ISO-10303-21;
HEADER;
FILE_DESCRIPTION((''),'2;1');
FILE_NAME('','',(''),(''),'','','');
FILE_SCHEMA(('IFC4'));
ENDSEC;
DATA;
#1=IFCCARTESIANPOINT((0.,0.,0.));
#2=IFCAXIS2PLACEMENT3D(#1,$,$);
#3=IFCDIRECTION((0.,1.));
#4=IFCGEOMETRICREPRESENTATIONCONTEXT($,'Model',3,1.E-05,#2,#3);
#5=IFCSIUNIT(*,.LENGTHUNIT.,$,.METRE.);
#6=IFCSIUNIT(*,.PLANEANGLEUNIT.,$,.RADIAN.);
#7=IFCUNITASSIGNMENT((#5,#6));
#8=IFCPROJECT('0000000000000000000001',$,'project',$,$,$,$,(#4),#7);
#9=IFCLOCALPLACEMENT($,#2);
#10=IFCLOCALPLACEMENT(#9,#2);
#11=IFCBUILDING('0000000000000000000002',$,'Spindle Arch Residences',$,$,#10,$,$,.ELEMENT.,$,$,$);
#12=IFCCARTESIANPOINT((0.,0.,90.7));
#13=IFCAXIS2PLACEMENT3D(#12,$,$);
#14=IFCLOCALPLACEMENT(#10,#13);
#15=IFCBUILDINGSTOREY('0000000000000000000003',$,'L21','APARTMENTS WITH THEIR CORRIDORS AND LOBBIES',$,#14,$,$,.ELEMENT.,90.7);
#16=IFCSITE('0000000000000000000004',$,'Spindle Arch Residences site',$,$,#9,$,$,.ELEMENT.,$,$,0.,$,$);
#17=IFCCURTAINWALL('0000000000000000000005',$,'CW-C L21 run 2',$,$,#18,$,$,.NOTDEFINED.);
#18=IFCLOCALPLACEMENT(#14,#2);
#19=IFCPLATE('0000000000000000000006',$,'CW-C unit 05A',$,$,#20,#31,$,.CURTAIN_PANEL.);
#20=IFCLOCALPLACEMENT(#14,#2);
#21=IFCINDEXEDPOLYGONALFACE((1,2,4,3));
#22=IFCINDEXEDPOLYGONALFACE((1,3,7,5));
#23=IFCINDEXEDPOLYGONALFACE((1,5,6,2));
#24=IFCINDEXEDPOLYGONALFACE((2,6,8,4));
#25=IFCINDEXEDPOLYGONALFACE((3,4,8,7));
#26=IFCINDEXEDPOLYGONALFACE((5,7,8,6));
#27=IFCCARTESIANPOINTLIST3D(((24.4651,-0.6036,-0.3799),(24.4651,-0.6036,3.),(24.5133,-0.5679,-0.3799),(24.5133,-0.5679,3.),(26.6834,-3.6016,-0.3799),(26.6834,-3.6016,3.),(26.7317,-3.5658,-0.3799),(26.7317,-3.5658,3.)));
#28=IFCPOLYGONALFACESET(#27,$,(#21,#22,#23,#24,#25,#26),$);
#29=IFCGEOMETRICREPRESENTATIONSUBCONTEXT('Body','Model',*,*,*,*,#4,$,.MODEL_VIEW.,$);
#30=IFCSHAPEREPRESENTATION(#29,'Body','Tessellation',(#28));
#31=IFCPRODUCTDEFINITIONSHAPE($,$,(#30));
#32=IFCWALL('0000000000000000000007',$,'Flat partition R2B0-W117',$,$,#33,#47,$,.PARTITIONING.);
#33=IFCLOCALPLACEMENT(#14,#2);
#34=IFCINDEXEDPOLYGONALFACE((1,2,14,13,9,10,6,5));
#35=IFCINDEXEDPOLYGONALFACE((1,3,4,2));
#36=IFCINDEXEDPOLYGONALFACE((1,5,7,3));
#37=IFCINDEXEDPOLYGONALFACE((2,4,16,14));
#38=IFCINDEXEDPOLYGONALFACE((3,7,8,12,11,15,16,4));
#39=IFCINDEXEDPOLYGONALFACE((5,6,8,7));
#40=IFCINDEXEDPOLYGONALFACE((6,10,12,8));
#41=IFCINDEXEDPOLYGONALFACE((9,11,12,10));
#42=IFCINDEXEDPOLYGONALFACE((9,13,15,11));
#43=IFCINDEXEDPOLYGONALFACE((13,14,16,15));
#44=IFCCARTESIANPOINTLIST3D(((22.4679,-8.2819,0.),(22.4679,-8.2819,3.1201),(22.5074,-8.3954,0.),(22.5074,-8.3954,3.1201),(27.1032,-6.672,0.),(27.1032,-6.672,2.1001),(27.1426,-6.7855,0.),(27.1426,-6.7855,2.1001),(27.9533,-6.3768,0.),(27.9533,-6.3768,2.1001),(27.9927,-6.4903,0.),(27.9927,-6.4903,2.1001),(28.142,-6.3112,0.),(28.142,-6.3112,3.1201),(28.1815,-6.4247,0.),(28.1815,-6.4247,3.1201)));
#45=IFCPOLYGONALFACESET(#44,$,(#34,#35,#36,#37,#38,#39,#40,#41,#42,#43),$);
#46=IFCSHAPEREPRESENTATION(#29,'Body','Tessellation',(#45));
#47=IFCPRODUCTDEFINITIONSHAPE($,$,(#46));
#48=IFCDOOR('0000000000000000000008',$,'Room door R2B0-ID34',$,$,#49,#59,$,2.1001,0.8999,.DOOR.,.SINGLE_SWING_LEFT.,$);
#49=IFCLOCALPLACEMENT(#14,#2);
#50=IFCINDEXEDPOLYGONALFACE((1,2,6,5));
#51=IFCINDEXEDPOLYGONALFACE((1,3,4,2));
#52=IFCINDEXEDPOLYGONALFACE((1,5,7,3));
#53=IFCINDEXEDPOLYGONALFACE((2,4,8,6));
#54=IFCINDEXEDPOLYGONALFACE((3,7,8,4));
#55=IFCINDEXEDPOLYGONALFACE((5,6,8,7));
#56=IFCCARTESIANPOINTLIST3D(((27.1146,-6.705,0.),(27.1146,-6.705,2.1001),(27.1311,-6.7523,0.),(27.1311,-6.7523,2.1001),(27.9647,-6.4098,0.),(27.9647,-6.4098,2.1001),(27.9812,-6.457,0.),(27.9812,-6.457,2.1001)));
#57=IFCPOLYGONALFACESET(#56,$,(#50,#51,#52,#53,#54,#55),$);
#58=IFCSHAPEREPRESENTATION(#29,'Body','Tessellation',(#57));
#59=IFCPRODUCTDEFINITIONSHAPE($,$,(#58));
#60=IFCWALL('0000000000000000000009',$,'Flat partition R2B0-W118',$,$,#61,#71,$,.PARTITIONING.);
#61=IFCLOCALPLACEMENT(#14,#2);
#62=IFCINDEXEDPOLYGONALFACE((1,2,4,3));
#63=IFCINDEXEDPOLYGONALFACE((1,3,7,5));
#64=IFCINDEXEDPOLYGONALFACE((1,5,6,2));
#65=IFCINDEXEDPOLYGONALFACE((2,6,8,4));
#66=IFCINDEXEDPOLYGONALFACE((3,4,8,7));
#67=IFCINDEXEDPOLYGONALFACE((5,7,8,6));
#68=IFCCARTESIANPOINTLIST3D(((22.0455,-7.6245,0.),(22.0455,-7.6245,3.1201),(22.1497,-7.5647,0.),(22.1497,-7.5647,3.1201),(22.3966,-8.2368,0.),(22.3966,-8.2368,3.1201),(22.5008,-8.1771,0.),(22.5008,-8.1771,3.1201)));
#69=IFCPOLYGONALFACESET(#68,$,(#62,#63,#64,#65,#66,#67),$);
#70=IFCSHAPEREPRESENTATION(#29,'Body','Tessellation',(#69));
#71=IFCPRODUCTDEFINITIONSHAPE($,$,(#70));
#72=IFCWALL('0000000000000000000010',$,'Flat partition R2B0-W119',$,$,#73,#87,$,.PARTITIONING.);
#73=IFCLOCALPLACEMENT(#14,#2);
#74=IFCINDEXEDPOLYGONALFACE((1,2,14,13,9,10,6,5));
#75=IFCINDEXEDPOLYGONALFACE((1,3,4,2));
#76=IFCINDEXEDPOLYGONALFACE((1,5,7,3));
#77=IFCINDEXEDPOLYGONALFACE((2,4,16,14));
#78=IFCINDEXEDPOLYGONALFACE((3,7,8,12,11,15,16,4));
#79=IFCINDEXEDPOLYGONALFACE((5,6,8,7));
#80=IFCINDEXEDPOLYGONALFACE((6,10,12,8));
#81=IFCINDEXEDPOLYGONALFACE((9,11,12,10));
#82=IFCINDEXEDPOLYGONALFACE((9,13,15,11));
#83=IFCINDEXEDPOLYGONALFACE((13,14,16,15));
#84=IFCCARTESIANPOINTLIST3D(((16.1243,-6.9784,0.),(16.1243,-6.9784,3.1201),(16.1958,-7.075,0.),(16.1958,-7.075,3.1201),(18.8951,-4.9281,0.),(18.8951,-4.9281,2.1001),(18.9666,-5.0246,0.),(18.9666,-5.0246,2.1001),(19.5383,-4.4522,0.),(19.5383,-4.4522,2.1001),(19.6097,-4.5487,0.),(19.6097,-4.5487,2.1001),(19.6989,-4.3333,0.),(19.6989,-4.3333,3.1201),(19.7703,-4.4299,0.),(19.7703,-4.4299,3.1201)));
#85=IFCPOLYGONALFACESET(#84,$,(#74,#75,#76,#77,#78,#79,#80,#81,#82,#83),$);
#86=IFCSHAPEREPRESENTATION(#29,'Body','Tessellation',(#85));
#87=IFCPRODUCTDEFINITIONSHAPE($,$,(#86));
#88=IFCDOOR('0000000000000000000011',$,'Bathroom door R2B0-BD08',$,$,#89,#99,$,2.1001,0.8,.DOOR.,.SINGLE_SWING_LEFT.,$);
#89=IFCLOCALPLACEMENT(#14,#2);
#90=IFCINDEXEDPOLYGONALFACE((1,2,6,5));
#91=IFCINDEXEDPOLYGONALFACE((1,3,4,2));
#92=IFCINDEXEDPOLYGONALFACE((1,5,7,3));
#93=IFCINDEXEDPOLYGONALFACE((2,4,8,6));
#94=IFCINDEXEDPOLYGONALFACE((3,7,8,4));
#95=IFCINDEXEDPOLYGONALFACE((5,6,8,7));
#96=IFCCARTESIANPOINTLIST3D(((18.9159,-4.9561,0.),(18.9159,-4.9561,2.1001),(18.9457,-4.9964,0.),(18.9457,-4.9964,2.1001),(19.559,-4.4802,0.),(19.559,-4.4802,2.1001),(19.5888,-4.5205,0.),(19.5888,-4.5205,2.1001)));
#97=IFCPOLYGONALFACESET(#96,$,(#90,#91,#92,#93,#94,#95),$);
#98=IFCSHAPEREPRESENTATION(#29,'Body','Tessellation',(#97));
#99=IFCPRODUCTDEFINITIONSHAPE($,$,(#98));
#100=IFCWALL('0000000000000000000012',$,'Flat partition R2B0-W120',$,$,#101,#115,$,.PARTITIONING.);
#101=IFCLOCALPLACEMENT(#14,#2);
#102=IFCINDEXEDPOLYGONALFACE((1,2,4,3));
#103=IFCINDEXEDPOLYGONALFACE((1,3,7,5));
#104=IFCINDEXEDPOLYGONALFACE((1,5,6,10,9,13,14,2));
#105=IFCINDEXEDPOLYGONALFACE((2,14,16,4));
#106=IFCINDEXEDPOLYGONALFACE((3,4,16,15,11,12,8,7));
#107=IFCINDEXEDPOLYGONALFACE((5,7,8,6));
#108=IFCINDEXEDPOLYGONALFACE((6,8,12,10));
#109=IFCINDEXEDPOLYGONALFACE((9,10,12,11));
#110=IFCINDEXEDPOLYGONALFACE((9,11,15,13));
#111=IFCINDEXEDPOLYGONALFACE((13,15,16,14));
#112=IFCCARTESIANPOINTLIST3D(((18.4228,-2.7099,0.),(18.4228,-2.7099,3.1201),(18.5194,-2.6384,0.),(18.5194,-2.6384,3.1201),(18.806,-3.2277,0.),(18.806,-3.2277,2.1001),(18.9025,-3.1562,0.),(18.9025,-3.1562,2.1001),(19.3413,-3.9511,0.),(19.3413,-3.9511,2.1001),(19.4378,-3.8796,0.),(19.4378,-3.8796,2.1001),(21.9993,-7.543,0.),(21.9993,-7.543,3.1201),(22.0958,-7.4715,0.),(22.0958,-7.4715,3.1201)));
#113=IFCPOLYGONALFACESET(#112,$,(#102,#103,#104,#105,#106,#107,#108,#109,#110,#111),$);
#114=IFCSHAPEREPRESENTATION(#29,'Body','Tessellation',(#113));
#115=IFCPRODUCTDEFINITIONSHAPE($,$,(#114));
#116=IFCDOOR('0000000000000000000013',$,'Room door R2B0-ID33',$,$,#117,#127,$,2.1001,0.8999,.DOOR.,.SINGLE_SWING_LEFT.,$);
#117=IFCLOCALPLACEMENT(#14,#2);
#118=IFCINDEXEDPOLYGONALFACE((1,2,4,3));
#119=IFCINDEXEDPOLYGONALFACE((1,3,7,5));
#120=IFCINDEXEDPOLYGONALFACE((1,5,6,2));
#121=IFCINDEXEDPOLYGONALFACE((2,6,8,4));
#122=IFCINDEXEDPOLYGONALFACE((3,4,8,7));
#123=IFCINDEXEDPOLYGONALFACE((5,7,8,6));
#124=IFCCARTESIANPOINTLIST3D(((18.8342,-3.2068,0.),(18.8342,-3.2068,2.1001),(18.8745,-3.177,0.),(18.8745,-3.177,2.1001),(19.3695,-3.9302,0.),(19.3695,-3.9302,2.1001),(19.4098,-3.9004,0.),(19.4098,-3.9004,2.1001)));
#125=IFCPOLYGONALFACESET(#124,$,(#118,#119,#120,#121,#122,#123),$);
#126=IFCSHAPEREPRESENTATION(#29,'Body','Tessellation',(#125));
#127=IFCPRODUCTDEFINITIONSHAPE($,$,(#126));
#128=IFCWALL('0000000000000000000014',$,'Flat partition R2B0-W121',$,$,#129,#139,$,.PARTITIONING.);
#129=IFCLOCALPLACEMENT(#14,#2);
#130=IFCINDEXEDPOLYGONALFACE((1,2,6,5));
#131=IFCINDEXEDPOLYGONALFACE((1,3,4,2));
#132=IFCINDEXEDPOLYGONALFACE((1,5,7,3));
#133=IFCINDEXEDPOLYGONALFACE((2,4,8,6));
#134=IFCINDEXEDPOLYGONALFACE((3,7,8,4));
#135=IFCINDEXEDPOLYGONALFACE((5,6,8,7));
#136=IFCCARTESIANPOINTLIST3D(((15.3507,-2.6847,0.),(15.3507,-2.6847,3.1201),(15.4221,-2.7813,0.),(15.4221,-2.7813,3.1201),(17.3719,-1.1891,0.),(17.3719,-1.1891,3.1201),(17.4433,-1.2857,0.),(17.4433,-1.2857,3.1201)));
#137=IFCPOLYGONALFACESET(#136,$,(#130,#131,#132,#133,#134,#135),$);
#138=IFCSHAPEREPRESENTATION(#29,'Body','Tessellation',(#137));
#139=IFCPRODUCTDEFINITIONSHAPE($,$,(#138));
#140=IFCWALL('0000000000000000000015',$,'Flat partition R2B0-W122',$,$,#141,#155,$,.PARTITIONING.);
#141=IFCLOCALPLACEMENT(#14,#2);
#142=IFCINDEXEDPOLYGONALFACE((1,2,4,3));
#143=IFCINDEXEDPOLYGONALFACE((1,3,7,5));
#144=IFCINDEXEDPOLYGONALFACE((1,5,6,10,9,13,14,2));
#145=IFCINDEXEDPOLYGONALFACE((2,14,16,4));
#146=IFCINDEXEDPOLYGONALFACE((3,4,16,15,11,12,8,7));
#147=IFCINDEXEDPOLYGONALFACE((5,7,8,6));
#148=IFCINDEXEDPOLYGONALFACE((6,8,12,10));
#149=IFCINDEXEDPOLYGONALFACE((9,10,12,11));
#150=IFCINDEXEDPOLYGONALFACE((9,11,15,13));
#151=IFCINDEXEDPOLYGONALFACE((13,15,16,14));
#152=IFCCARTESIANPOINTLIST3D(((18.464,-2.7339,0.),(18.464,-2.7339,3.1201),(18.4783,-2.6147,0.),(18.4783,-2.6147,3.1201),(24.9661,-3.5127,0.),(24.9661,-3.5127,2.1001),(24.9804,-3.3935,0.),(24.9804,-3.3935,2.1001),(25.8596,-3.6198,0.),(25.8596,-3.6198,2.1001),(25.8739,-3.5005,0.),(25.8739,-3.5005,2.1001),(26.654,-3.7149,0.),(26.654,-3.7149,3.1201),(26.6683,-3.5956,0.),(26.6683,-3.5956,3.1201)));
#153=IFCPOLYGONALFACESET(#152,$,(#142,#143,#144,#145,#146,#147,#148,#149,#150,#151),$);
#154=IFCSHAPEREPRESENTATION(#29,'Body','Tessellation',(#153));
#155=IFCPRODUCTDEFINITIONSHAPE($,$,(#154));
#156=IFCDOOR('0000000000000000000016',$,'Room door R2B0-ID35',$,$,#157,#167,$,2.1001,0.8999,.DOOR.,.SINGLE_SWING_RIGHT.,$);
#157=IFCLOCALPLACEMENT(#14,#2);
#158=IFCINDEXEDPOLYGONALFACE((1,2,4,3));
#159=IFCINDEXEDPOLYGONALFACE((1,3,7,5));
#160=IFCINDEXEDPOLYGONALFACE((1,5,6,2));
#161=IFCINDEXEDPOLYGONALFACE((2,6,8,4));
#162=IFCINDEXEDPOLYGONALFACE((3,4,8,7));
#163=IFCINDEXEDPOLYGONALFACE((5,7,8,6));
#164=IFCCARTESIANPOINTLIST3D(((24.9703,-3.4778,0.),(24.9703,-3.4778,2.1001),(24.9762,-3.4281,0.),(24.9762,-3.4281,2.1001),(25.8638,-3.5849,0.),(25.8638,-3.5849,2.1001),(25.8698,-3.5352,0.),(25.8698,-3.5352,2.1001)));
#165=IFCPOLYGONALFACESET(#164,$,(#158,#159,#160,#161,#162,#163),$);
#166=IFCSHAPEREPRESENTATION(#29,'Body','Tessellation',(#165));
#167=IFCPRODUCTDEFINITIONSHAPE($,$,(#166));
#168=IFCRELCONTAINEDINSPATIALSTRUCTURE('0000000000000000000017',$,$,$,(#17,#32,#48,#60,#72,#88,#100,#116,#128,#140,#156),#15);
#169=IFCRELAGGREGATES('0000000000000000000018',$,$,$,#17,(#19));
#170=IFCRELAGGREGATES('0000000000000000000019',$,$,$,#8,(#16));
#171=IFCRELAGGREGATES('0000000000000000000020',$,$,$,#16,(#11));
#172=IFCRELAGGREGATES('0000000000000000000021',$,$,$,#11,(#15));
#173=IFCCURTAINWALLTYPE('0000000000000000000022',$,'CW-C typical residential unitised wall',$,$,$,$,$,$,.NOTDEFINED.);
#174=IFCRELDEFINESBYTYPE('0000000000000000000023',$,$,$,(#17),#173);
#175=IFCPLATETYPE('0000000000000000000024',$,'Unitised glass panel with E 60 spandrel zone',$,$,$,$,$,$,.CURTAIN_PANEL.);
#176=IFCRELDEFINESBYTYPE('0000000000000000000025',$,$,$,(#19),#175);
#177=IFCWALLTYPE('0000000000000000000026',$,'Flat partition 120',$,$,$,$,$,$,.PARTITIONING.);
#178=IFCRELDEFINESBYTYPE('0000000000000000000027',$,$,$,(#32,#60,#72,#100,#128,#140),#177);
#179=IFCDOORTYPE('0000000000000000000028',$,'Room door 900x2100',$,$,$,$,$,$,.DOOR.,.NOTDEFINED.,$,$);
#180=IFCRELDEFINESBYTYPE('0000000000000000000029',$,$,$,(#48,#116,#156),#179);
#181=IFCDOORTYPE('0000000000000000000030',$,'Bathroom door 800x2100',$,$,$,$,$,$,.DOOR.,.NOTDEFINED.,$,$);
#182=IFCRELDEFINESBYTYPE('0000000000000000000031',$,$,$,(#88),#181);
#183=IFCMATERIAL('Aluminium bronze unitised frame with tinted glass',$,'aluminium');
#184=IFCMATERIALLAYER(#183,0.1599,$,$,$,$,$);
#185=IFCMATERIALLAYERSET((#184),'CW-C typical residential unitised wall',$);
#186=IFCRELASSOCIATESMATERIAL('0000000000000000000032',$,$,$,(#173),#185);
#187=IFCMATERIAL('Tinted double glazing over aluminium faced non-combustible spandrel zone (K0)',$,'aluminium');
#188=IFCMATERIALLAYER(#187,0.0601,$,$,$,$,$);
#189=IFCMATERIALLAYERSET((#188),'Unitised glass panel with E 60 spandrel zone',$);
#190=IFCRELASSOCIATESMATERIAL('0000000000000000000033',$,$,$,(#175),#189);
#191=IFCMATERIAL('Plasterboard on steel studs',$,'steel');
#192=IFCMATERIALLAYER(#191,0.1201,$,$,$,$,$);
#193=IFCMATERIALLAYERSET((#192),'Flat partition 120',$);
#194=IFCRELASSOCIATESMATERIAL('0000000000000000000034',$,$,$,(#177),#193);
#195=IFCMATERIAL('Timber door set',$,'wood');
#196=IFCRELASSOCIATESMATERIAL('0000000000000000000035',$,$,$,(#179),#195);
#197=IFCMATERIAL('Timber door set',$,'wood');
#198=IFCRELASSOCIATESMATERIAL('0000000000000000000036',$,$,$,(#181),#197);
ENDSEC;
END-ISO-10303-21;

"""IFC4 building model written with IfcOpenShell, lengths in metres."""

from ifc_helpers import new_model, si_unit, direction, frame, frame_2d, origin, origin_2d, place, context, subcontext, project, spatial, rectangle, extrude, material, layer, layer_set, type_object, element, fill, aggregate, save


model = new_model("IFC4")

# Units and contexts
model_context = context("Model", 3, precision=1e-05, world=origin(), true_north=direction((0.0, 1.0)))
body_context = subcontext(model_context, "Body", "Model", "MODEL_VIEW")
ifc_project = project(units=[si_unit("LENGTHUNIT", "METRE"), si_unit("PLANEANGLEUNIT", "RADIAN")], contexts=[model_context])

# Site, building, storey
site_placement = place(None, origin())
site = spatial("IfcSite", under=ifc_project, at=site_placement, Name="Spindle Arch Residences site", CompositionType="ELEMENT", RefElevation=0.0)
building_placement = place(site_placement, origin())
building = spatial("IfcBuilding", under=site, at=building_placement, Name="Spindle Arch Residences", CompositionType="ELEMENT")
storey_placement = place(building_placement, frame((0.0, 0.0, 90.7)))
storey = spatial("IfcBuildingStorey", under=building, at=storey_placement, Name="L21", Description="APARTMENTS WITH THEIR CORRIDORS AND LOBBIES", CompositionType="ELEMENT", Elevation=90.7)

# Curtain wall
ifc_material_1 = material(Name="Aluminium bronze unitised frame with tinted glass", Category="aluminium")
ifc_layer_1 = layer(ifc_material_1, 0.1599)
ifc_layer_set_1 = layer_set([ifc_layer_1], Name="CW-C typical residential unitised wall")
curtain_wall_type_1 = type_object("IfcCurtainWallType", Name="CW-C typical residential unitised wall", PredefinedType="NOTDEFINED", material=ifc_layer_set_1)
curtain_wall_1_placement = place(storey_placement, origin())
curtain_wall_1 = element("IfcCurtainWall", 1, at=curtain_wall_1_placement, inside=storey, type_object=curtain_wall_type_1, Name="CW-C L21 run 2", PredefinedType="NOTDEFINED")

# Plate
ifc_material_2 = material(Name="Tinted double glazing over aluminium faced non-combustible spandrel zone (K0)", Category="aluminium")
ifc_layer_2 = layer(ifc_material_2, 0.0601)
ifc_layer_set_2 = layer_set([ifc_layer_2], Name="Unitised glass panel with E 60 spandrel zone")
plate_type = type_object("IfcPlateType", Name="Unitised glass panel with E 60 spandrel zone", PredefinedType="CURTAIN_PANEL", material=ifc_layer_set_2)
plate_1_placement = place(storey_placement, frame((25.5984, -2.0847, -0.3799), z_axis=(0.0, 0.0, 1.0), x_axis=(-0.594823, 0.803857, 0.0)))
plate_1 = element("IfcPlate", 2, at=plate_1_placement, type_object=plate_type, Name="CW-C unit 05A", PredefinedType="CURTAIN_PANEL", context=body_context, shape_type="SweptSolid", body=[
    extrude(rectangle(XDim=3.7295, YDim=0.0601, at=origin_2d()), origin(), (0.0, 0.0, 1.0), 3.3799),
])
aggregate(curtain_wall_1, [plate_1])

# Wall, opening, door
ifc_material_3 = material(Name="Plasterboard on steel studs", Category="steel")
ifc_layer_3 = layer(ifc_material_3, 0.1201)
ifc_layer_set_3 = layer_set([ifc_layer_3], Name="Flat partition 120")
wall_type_1 = type_object("IfcWallType", Name="Flat partition 120", PredefinedType="PARTITIONING", material=ifc_layer_set_3)
wall_1_placement = place(storey_placement, frame((28.1619, -6.3679, 0.0), z_axis=(0.0, 0.0, 1.0), x_axis=(-0.944646, -0.328092, 0.0)))
wall_1 = element("IfcWall", 3, at=wall_1_placement, inside=storey, type_object=wall_type_1, Name="Flat partition R2B0-W117", PredefinedType="PARTITIONING", context=body_context, shape_type="SweptSolid", body=[
    extrude(rectangle(XDim=6.0066, YDim=0.1201, at=frame_2d((3.0034, 0.0))), origin(), (0.0, 0.0, 1.0), 3.1201),
])
opening_1_placement = place(wall_1_placement, frame((0.2, 0.0, 0.0)))
opening_1 = element("IfcOpeningElement", 4, at=opening_1_placement, cuts=wall_1, PredefinedType="OPENING", context=body_context, shape_type="SweptSolid", body=[
    extrude(rectangle(XDim=0.8999, YDim=2.1001, at=frame_2d((0.45, 1.05))), frame((0.0, 0.0701, 0.0), z_axis=(0.0, -1.0, 0.0), x_axis=(1.0, 0.0, 0.0)), (0.0, 0.0, 1.0), 0.1401),
])
ifc_material_4 = material(Name="Timber door set", Category="wood")
door_type_1 = type_object("IfcDoorType", Name="Room door 900x2100", OperationType="NOTDEFINED", PredefinedType="DOOR", material=ifc_material_4)
door_1_placement = place(opening_1_placement, origin())
door_1 = element("IfcDoor", 5, at=door_1_placement, inside=storey, type_object=door_type_1, Name="Room door R2B0-ID34", OperationType="SINGLE_SWING_LEFT", OverallHeight=2.1001, OverallWidth=0.8999, PredefinedType="DOOR", context=body_context, shape_type="SweptSolid", body=[
    extrude(rectangle(XDim=0.8999, YDim=2.1001, at=frame_2d((0.45, 1.05))), frame((0.0, 0.0249, 0.0), z_axis=(0.0, -1.0, 0.0), x_axis=(1.0, 0.0, 0.0)), (0.0, 0.0, 1.0), 0.05),
])
fill(opening_1, door_1)

# Wall
wall_2_placement = place(storey_placement, frame((22.4487, -8.207, 0.0), z_axis=(0.0, 0.0, 1.0), x_axis=(-0.497405, 0.867518, 0.0)))
element("IfcWall", 6, at=wall_2_placement, inside=storey, type_object=wall_type_1, Name="Flat partition R2B0-W118", PredefinedType="PARTITIONING", context=body_context, shape_type="SweptSolid", body=[
    extrude(rectangle(XDim=0.7058, YDim=0.1201, at=frame_2d((0.353, 0.0))), origin(), (0.0, 0.0, 1.0), 3.1201),
])

# Walls, openings, doors
wall_3_placement = place(storey_placement, frame((19.7346, -4.3816, 0.0), z_axis=(0.0, 0.0, 1.0), x_axis=(-0.803851, -0.594831, 0.0)))
wall_3 = element("IfcWall", 7, at=wall_3_placement, inside=storey, type_object=wall_type_1, Name="Flat partition R2B0-W119", PredefinedType="PARTITIONING", context=body_context, shape_type="SweptSolid", body=[
    extrude(rectangle(XDim=4.4468, YDim=0.1201, at=frame_2d((2.2234, 0.0))), origin(), (0.0, 0.0, 1.0), 3.1201),
])
opening_2_placement = place(wall_3_placement, frame((0.2, 0.0, 0.0)))
opening_2 = element("IfcOpeningElement", 8, at=opening_2_placement, cuts=wall_3, PredefinedType="OPENING", context=body_context, shape_type="SweptSolid", body=[
    extrude(rectangle(XDim=0.8, YDim=2.1001, at=frame_2d((0.3999, 1.05))), frame((0.0, 0.0701, 0.0), z_axis=(0.0, -1.0, 0.0), x_axis=(1.0, 0.0, 0.0)), (0.0, 0.0, 1.0), 0.1401),
])
ifc_material_5 = material(Name="Timber door set", Category="wood")
door_type_2 = type_object("IfcDoorType", Name="Bathroom door 800x2100", OperationType="NOTDEFINED", PredefinedType="DOOR", material=ifc_material_5)
door_2_placement = place(opening_2_placement, origin())
door_2 = element("IfcDoor", 9, at=door_2_placement, inside=storey, type_object=door_type_2, Name="Bathroom door R2B0-BD08", OperationType="SINGLE_SWING_LEFT", OverallHeight=2.1001, OverallWidth=0.8, PredefinedType="DOOR", context=body_context, shape_type="SweptSolid", body=[
    extrude(rectangle(XDim=0.8, YDim=2.1001, at=frame_2d((0.3999, 1.05))), frame((0.0, 0.0249, 0.0), z_axis=(0.0, -1.0, 0.0), x_axis=(1.0, 0.0, 0.0)), (0.0, 0.0, 1.0), 0.05),
])
fill(opening_2, door_2)
wall_4_placement = place(storey_placement, frame((22.0476, -7.5073, 0.0), z_axis=(0.0, 0.0, 1.0), x_axis=(-0.594842, 0.803843, 0.0)))
wall_4 = element("IfcWall", 10, at=wall_4_placement, inside=storey, type_object=wall_type_1, Name="Flat partition R2B0-W120", PredefinedType="PARTITIONING", context=body_context, shape_type="SweptSolid", body=[
    extrude(rectangle(XDim=6.0125, YDim=0.1201, at=frame_2d((3.0063, 0.0))), origin(), (0.0, 0.0, 1.0), 3.1201),
])
opening_3_placement = place(wall_4_placement, frame((4.4685, 0.0, 0.0)))
opening_3 = element("IfcOpeningElement", 11, at=opening_3_placement, cuts=wall_4, PredefinedType="OPENING", context=body_context, shape_type="SweptSolid", body=[
    extrude(rectangle(XDim=0.8999, YDim=2.1001, at=frame_2d((0.45, 1.05))), frame((0.0, 0.0701, 0.0), z_axis=(0.0, -1.0, 0.0), x_axis=(1.0, 0.0, 0.0)), (0.0, 0.0, 1.0), 0.1401),
])
door_3_placement = place(opening_3_placement, origin())
door_3 = element("IfcDoor", 12, at=door_3_placement, inside=storey, type_object=door_type_1, Name="Room door R2B0-ID33", OperationType="SINGLE_SWING_LEFT", OverallHeight=2.1001, OverallWidth=0.8999, PredefinedType="DOOR", context=body_context, shape_type="SweptSolid", body=[
    extrude(rectangle(XDim=0.8999, YDim=2.1001, at=frame_2d((0.45, 1.05))), frame((0.0, 0.0249, 0.0), z_axis=(0.0, -1.0, 0.0), x_axis=(1.0, 0.0, 0.0)), (0.0, 0.0, 1.0), 0.05),
])
fill(opening_3, door_3)

# Wall
wall_5_placement = place(storey_placement, frame((17.4077, -1.2373, 0.0), z_axis=(0.0, 0.0, 1.0), x_axis=(-0.803863, -0.594814, 0.0)))
element("IfcWall", 13, at=wall_5_placement, inside=storey, type_object=wall_type_1, Name="Flat partition R2B0-W121", PredefinedType="PARTITIONING", context=body_context, shape_type="SweptSolid", body=[
    extrude(rectangle(XDim=2.5144, YDim=0.1201, at=frame_2d((1.2573, 0.0))), origin(), (0.0, 0.0, 1.0), 3.1201),
])

# Wall, opening, door
wall_6_placement = place(storey_placement, frame((26.6611, -3.6553, 0.0), z_axis=(0.0, 0.0, 1.0), x_axis=(-0.992903, 0.118926, 0.0)))
wall_6 = element("IfcWall", 14, at=wall_6_placement, inside=storey, type_object=wall_type_1, Name="Flat partition R2B0-W122", PredefinedType="PARTITIONING", context=body_context, shape_type="SweptSolid", body=[
    extrude(rectangle(XDim=8.2485, YDim=0.1201, at=frame_2d((4.1243, 0.0))), origin(), (0.0, 0.0, 1.0), 3.1201),
])
opening_4_placement = place(wall_6_placement, frame((0.8, 0.0, 0.0)))
opening_4 = element("IfcOpeningElement", 15, at=opening_4_placement, cuts=wall_6, PredefinedType="OPENING", context=body_context, shape_type="SweptSolid", body=[
    extrude(rectangle(XDim=0.8999, YDim=2.1001, at=frame_2d((0.45, 1.05))), frame((0.0, 0.0701, 0.0), z_axis=(0.0, -1.0, 0.0), x_axis=(1.0, 0.0, 0.0)), (0.0, 0.0, 1.0), 0.1401),
])
door_4_placement = place(opening_4_placement, origin())
door_4 = element("IfcDoor", 16, at=door_4_placement, inside=storey, type_object=door_type_1, Name="Room door R2B0-ID35", OperationType="SINGLE_SWING_RIGHT", OverallHeight=2.1001, OverallWidth=0.8999, PredefinedType="DOOR", context=body_context, shape_type="SweptSolid", body=[
    extrude(rectangle(XDim=0.8999, YDim=2.1001, at=frame_2d((0.45, 1.05))), frame((0.0, 0.0249, 0.0), z_axis=(0.0, -1.0, 0.0), x_axis=(1.0, 0.0, 0.0)), (0.0, 0.0, 1.0), 0.05),
])
fill(opening_4, door_4)

save(model, "model.ifc")
